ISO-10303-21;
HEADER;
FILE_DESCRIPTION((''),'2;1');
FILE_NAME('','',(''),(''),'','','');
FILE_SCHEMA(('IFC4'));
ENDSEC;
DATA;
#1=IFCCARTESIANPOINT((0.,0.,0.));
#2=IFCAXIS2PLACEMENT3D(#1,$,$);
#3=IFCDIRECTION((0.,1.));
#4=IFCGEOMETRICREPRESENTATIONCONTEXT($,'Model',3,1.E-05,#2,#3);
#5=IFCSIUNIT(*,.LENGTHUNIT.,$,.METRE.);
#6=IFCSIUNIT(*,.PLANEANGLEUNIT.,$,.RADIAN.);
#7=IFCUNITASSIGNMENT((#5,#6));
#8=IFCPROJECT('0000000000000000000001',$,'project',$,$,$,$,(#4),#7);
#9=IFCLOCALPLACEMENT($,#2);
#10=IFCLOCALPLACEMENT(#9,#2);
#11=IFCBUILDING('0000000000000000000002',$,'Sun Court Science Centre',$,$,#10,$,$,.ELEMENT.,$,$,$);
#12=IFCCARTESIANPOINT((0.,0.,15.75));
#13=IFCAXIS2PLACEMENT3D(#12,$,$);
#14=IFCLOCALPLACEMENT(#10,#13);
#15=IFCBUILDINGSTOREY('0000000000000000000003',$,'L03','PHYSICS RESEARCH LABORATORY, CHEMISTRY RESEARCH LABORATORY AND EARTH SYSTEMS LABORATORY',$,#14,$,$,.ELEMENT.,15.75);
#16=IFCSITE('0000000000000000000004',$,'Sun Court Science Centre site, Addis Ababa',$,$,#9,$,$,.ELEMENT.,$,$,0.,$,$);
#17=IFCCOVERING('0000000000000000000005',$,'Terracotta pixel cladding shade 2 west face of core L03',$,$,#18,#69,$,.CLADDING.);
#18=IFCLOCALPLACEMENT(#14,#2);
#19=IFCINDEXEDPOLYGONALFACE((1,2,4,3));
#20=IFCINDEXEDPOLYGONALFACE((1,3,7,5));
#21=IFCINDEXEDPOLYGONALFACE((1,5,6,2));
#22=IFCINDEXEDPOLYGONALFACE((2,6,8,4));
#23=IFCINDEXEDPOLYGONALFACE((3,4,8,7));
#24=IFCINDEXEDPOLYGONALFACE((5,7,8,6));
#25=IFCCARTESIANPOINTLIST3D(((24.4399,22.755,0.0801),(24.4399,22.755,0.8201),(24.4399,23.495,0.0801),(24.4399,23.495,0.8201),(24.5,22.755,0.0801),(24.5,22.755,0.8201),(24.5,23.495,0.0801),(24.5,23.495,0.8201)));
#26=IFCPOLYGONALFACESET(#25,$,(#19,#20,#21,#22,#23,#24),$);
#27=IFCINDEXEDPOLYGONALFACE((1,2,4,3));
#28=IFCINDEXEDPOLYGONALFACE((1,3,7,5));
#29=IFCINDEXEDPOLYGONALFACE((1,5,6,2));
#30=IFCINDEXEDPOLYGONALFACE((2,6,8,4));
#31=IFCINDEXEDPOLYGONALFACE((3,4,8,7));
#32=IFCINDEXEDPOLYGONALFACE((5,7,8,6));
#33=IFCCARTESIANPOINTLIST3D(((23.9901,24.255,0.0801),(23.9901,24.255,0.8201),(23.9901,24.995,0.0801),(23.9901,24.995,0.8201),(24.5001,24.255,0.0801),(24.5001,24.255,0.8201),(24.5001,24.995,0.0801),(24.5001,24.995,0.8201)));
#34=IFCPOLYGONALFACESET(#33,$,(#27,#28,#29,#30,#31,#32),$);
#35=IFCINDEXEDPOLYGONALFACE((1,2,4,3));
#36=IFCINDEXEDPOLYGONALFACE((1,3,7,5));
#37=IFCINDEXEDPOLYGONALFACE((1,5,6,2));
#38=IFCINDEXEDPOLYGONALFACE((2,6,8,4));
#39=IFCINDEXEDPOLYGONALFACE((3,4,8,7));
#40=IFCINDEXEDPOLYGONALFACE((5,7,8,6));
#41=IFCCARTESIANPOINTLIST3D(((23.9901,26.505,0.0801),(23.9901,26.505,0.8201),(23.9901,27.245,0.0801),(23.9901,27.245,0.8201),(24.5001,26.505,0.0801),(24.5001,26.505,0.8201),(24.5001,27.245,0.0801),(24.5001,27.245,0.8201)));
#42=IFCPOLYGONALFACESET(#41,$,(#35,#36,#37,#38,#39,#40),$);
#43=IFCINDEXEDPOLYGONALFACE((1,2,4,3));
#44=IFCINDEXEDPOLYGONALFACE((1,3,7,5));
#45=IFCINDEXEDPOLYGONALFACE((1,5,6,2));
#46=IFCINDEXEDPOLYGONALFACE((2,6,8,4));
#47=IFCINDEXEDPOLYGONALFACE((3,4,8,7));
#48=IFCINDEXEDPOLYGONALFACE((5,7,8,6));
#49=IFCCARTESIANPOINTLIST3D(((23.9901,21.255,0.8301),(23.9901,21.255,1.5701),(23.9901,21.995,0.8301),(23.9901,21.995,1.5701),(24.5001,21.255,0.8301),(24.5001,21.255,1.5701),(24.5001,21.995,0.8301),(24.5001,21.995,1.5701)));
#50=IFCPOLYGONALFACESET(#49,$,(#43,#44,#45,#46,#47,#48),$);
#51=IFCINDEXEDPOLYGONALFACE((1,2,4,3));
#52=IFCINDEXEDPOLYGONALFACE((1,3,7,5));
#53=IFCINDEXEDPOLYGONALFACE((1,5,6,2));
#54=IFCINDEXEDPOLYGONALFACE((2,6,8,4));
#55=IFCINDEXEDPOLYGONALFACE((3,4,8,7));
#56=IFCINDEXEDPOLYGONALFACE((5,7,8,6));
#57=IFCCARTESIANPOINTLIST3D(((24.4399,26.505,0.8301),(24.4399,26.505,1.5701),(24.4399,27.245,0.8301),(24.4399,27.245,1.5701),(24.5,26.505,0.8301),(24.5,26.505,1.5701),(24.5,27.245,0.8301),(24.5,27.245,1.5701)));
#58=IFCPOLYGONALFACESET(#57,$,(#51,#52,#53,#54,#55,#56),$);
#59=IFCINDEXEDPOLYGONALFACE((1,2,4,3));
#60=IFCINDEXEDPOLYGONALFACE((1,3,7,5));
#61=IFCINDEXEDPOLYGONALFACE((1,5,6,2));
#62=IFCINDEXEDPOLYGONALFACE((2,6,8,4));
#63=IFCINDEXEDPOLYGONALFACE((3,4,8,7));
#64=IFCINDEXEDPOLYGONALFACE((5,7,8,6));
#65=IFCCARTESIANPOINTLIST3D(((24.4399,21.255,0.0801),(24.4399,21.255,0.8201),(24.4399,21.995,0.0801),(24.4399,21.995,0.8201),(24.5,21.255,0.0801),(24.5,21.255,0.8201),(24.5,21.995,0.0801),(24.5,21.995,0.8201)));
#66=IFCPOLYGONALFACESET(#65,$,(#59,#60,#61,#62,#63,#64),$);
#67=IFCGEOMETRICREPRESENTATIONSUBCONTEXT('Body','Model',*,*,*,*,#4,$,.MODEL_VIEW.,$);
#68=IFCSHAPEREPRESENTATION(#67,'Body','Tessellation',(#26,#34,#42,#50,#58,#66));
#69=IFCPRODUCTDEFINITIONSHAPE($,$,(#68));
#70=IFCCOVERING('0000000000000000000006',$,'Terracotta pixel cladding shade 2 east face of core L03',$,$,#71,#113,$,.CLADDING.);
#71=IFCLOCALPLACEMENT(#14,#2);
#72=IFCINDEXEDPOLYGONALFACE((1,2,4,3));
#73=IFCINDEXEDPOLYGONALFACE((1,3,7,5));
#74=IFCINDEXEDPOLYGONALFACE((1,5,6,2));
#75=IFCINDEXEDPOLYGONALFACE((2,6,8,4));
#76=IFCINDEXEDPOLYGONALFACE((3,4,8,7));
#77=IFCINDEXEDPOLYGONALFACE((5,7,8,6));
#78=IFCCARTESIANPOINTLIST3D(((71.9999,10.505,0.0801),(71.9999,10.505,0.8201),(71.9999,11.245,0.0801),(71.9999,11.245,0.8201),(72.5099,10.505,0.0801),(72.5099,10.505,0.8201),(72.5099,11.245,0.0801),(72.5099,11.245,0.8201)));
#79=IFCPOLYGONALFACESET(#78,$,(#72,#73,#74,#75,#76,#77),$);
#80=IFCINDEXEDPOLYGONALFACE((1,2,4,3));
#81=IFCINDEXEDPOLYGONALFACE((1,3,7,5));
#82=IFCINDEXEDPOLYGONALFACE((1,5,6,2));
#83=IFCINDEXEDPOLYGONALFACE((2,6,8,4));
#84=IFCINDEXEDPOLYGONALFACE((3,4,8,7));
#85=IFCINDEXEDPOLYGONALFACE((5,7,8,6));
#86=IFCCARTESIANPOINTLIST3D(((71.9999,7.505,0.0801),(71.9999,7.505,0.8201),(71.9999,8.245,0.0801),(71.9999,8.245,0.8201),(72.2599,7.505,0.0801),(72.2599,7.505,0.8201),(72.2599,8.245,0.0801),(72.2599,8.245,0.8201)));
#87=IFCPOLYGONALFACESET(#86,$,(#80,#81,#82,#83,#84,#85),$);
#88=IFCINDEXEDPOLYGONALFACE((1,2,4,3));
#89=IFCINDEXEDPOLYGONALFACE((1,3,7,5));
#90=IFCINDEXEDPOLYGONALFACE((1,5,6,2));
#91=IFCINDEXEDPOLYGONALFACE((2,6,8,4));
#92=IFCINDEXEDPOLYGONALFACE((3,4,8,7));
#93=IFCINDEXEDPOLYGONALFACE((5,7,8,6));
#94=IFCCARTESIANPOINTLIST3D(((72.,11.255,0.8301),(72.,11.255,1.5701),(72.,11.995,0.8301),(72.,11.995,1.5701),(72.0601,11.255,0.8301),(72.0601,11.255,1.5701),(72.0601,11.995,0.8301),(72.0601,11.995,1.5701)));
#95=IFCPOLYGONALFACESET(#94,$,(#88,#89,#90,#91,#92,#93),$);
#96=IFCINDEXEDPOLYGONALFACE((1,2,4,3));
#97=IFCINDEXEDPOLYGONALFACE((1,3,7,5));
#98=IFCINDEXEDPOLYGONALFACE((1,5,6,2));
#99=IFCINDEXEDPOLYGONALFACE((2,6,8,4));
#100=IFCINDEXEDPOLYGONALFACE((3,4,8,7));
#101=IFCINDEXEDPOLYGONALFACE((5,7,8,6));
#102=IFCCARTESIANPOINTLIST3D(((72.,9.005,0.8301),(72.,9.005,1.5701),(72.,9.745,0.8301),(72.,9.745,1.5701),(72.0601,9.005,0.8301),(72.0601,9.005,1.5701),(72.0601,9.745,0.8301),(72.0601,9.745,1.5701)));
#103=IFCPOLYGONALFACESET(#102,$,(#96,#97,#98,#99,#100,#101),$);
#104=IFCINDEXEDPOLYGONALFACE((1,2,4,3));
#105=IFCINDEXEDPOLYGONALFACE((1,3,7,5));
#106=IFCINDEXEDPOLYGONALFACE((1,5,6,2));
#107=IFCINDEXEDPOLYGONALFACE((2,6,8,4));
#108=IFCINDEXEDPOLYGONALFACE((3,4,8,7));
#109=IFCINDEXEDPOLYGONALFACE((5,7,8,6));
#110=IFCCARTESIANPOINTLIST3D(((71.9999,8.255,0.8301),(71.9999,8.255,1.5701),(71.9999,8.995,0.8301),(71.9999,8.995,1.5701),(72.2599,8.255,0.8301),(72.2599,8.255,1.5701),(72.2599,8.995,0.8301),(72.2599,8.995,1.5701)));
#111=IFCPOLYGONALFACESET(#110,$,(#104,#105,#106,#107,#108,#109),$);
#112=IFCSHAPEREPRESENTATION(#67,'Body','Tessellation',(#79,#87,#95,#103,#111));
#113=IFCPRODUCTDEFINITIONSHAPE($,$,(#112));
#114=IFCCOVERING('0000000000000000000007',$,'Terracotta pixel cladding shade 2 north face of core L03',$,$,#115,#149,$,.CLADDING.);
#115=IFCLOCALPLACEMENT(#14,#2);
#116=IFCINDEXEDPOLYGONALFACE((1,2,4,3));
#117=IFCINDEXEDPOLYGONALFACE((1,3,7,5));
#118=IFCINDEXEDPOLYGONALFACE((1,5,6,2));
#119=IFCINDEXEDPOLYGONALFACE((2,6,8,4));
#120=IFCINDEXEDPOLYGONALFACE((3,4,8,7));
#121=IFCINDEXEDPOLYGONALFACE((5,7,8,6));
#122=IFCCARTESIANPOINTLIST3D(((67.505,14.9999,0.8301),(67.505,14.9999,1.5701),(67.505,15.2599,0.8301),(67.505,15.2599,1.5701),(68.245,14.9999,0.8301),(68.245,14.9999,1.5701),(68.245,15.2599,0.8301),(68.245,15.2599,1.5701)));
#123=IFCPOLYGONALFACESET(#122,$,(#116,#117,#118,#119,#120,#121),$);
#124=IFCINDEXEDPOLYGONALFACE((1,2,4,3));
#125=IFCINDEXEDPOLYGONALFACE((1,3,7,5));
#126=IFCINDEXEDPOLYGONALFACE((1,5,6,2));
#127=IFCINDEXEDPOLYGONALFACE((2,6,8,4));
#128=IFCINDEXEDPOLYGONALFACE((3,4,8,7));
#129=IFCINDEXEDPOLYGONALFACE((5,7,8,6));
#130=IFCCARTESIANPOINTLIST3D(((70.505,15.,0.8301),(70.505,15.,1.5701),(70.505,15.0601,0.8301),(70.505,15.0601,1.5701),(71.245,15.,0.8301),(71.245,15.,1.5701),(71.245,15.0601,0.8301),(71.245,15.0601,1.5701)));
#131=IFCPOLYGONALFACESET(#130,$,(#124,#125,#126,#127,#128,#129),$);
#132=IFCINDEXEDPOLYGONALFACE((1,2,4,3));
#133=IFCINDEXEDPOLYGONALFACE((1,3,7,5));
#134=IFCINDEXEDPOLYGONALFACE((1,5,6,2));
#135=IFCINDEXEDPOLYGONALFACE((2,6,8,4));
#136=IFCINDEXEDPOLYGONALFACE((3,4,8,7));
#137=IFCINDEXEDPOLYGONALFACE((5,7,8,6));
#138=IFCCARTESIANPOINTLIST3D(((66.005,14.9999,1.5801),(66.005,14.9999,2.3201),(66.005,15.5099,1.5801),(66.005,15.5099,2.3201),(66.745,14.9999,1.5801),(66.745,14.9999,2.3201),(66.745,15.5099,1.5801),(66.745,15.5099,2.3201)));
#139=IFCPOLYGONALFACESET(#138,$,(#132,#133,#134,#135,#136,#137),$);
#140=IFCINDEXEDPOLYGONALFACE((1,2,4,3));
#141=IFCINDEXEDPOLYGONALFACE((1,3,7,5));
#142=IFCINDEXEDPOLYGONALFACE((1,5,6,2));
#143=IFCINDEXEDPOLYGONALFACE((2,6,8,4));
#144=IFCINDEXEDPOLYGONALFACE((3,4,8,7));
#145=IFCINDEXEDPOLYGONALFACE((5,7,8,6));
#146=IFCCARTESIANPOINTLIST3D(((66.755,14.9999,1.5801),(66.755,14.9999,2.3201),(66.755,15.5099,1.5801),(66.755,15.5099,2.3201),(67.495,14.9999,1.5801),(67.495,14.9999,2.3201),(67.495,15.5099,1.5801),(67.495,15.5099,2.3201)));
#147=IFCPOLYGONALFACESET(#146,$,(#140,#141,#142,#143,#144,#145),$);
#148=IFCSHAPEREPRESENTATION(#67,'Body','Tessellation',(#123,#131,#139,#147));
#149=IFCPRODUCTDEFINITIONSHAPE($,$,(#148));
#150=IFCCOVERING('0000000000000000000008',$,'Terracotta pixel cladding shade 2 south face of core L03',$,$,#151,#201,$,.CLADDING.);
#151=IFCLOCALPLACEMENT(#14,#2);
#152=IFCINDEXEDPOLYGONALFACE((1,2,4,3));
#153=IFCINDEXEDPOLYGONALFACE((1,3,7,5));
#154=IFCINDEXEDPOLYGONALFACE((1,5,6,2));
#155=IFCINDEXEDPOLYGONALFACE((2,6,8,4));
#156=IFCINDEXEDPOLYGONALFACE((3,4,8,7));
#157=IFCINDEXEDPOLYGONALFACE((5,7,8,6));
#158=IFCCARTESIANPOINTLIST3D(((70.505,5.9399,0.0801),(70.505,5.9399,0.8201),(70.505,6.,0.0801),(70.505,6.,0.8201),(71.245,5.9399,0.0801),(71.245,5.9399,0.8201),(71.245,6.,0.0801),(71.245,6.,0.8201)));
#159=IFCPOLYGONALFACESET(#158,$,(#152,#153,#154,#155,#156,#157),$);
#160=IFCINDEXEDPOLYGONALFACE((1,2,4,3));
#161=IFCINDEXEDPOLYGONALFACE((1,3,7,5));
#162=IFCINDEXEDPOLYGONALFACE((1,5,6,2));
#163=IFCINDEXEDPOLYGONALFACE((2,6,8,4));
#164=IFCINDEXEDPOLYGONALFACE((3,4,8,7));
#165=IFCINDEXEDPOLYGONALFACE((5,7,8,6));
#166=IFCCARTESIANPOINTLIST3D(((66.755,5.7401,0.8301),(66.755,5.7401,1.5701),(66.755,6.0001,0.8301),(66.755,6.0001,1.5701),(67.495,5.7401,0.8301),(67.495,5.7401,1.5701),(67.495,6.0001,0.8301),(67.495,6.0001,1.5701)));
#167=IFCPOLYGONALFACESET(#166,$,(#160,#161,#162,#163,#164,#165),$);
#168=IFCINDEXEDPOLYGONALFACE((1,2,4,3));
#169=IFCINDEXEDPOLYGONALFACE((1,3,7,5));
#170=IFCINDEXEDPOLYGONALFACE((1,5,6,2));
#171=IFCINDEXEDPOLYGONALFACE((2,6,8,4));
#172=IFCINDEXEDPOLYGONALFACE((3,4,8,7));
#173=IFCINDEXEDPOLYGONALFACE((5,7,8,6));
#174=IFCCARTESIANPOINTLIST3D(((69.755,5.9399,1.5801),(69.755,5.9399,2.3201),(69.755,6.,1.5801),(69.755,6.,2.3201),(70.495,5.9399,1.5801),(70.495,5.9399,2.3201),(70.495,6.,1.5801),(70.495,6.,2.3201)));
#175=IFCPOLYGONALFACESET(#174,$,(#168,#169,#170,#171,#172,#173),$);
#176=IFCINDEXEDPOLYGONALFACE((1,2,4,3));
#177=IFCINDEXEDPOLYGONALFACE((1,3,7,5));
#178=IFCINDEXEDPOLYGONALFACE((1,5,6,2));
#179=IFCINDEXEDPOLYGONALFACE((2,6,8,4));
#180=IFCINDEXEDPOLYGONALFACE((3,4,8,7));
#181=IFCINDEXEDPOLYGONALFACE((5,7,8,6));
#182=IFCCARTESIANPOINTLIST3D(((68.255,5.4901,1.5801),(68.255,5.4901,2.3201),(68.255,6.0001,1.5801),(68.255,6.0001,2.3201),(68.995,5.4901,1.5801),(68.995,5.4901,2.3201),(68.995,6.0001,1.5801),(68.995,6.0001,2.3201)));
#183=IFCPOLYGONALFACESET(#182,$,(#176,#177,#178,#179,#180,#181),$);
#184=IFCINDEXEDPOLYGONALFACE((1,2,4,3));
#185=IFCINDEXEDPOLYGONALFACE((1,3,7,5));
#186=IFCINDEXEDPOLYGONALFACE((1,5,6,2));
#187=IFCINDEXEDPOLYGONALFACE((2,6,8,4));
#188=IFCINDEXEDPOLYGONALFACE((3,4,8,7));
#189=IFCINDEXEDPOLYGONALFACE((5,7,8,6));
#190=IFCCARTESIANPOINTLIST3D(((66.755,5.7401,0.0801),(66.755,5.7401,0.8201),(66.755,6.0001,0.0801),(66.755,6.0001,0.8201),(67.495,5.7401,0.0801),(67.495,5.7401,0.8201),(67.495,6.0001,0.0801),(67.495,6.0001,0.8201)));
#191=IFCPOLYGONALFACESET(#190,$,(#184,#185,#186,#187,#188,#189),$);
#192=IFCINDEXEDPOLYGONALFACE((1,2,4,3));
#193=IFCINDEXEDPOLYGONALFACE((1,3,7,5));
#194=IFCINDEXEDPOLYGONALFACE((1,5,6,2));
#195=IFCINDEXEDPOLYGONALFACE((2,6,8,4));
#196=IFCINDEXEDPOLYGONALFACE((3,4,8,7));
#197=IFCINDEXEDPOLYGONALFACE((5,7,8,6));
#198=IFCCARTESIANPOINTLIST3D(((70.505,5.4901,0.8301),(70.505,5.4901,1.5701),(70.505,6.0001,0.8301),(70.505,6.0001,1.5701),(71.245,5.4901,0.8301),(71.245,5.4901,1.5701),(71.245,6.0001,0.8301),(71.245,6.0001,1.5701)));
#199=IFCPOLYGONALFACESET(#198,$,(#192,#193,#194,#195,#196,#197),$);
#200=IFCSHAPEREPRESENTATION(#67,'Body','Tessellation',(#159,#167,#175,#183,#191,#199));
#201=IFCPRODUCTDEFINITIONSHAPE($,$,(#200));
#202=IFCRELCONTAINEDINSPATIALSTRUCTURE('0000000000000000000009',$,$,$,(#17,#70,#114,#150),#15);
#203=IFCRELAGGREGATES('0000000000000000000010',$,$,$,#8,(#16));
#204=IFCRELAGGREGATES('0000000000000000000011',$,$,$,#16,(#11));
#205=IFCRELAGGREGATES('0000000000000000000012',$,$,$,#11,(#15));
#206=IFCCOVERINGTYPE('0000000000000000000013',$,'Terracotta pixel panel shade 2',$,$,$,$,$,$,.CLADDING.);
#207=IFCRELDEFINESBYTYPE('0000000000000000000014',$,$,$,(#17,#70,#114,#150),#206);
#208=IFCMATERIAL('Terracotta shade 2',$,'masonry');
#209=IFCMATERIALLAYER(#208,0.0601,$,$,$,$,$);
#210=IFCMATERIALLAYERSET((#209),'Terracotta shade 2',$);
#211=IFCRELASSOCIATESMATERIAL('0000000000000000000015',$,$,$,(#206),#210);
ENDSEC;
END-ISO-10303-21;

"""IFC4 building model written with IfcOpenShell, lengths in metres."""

from ifc_helpers import new_model, si_unit, direction, frame, origin, origin_2d, place, context, subcontext, project, spatial, rectangle, extrude, material, layer, layer_set, type_object, element, save


model = new_model("IFC4")

# Units and contexts
model_context = context("Model", 3, precision=1e-05, world=origin(), true_north=direction((0.0, 1.0)))
body_context = subcontext(model_context, "Body", "Model", "MODEL_VIEW")
ifc_project = project(units=[si_unit("LENGTHUNIT", "METRE"), si_unit("PLANEANGLEUNIT", "RADIAN")], contexts=[model_context])

# Site, building, storey
site_placement = place(None, origin())
site = spatial("IfcSite", under=ifc_project, at=site_placement, Name="Sun Court Science Centre site, Addis Ababa", CompositionType="ELEMENT", RefElevation=0.0)
building_placement = place(site_placement, origin())
building = spatial("IfcBuilding", under=site, at=building_placement, Name="Sun Court Science Centre", CompositionType="ELEMENT")
storey_placement = place(building_placement, frame((0.0, 0.0, 15.75)))
storey = spatial("IfcBuildingStorey", under=building, at=storey_placement, Name="L03", Description="PHYSICS RESEARCH LABORATORY, CHEMISTRY RESEARCH LABORATORY AND EARTH SYSTEMS LABORATORY", CompositionType="ELEMENT", Elevation=15.75)

# Coverings
ifc_material_1 = material(Name="Terracotta shade 2", Category="masonry")
ifc_layer_1 = layer(ifc_material_1, 0.0601)
ifc_layer_set_1 = layer_set([ifc_layer_1], Name="Terracotta shade 2")
covering_type_1 = type_object("IfcCoveringType", Name="Terracotta pixel panel shade 2", PredefinedType="CLADDING", material=ifc_layer_set_1)
covering_1_placement = place(storey_placement, frame((0.0, 0.0, -15.75)))
element("IfcCovering", 1, at=covering_1_placement, inside=storey, type_object=covering_type_1, Name="Terracotta pixel cladding shade 2 west face of core L03", PredefinedType="CLADDING", context=body_context, shape_type="SweptSolid", body=[
    extrude(rectangle(XDim=0.74, YDim=0.0601, at=origin_2d()), frame((24.47, 23.125, 15.8301), z_axis=(0.0, 0.0, 1.0), x_axis=(0.0, 1.0, 0.0)), (0.0, 0.0, 1.0), 0.74),
    extrude(rectangle(XDim=0.74, YDim=0.51, at=origin_2d()), frame((24.2451, 24.625, 15.8301), z_axis=(0.0, 0.0, 1.0), x_axis=(0.0, 1.0, 0.0)), (0.0, 0.0, 1.0), 0.74),
    extrude(rectangle(XDim=0.74, YDim=0.51, at=origin_2d()), frame((24.2451, 26.875, 15.8301), z_axis=(0.0, 0.0, 1.0), x_axis=(0.0, 1.0, 0.0)), (0.0, 0.0, 1.0), 0.74),
    extrude(rectangle(XDim=0.74, YDim=0.51, at=origin_2d()), frame((24.2451, 21.625, 16.5801), z_axis=(0.0, 0.0, 1.0), x_axis=(0.0, 1.0, 0.0)), (0.0, 0.0, 1.0), 0.74),
    extrude(rectangle(XDim=0.74, YDim=0.0601, at=origin_2d()), frame((24.47, 26.875, 16.5801), z_axis=(0.0, 0.0, 1.0), x_axis=(0.0, 1.0, 0.0)), (0.0, 0.0, 1.0), 0.74),
    extrude(rectangle(XDim=0.74, YDim=0.0601, at=origin_2d()), frame((24.47, 21.625, 15.8301), z_axis=(0.0, 0.0, 1.0), x_axis=(0.0, 1.0, 0.0)), (0.0, 0.0, 1.0), 0.74),
])
covering_2_placement = place(storey_placement, frame((0.0, 0.0, -15.75)))
element("IfcCovering", 2, at=covering_2_placement, inside=storey, type_object=covering_type_1, Name="Terracotta pixel cladding shade 2 east face of core L03", PredefinedType="CLADDING", context=body_context, shape_type="SweptSolid", body=[
    extrude(rectangle(XDim=0.74, YDim=0.51, at=origin_2d()), frame((72.2549, 10.875, 15.8301), z_axis=(0.0, 0.0, 1.0), x_axis=(0.0, -1.0, 0.0)), (0.0, 0.0, 1.0), 0.74),
    extrude(rectangle(XDim=0.74, YDim=0.26, at=origin_2d()), frame((72.1299, 7.875, 15.8301), z_axis=(0.0, 0.0, 1.0), x_axis=(0.0, -1.0, 0.0)), (0.0, 0.0, 1.0), 0.74),
    extrude(rectangle(XDim=0.74, YDim=0.0601, at=origin_2d()), frame((72.03, 11.625, 16.5801), z_axis=(0.0, 0.0, 1.0), x_axis=(0.0, -1.0, 0.0)), (0.0, 0.0, 1.0), 0.74),
    extrude(rectangle(XDim=0.74, YDim=0.0601, at=origin_2d()), frame((72.03, 9.375, 16.5801), z_axis=(0.0, 0.0, 1.0), x_axis=(0.0, -1.0, 0.0)), (0.0, 0.0, 1.0), 0.74),
    extrude(rectangle(XDim=0.74, YDim=0.26, at=origin_2d()), frame((72.1299, 8.625, 16.5801), z_axis=(0.0, 0.0, 1.0), x_axis=(0.0, -1.0, 0.0)), (0.0, 0.0, 1.0), 0.74),
])
covering_3_placement = place(storey_placement, frame((0.0, 0.0, -15.75)))
element("IfcCovering", 3, at=covering_3_placement, inside=storey, type_object=covering_type_1, Name="Terracotta pixel cladding shade 2 north face of core L03", PredefinedType="CLADDING", context=body_context, shape_type="SweptSolid", body=[
    extrude(rectangle(XDim=0.74, YDim=0.26, at=origin_2d()), frame((67.875, 15.1299, 16.5801), z_axis=(0.0, 0.0, 1.0), x_axis=(1.0, 0.0, 0.0)), (0.0, 0.0, 1.0), 0.74),
    extrude(rectangle(XDim=0.74, YDim=0.0601, at=origin_2d()), frame((70.875, 15.03, 16.5801), z_axis=(0.0, 0.0, 1.0), x_axis=(1.0, 0.0, 0.0)), (0.0, 0.0, 1.0), 0.74),
    extrude(rectangle(XDim=0.74, YDim=0.51, at=origin_2d()), frame((66.375, 15.2549, 17.3301), z_axis=(0.0, 0.0, 1.0), x_axis=(1.0, 0.0, 0.0)), (0.0, 0.0, 1.0), 0.74),
    extrude(rectangle(XDim=0.74, YDim=0.51, at=origin_2d()), frame((67.125, 15.2549, 17.3301), z_axis=(0.0, 0.0, 1.0), x_axis=(1.0, 0.0, 0.0)), (0.0, 0.0, 1.0), 0.74),
])
covering_4_placement = place(storey_placement, frame((0.0, 0.0, -15.75)))
element("IfcCovering", 4, at=covering_4_placement, inside=storey, type_object=covering_type_1, Name="Terracotta pixel cladding shade 2 south face of core L03", PredefinedType="CLADDING", context=body_context, shape_type="SweptSolid", body=[
    extrude(rectangle(XDim=0.74, YDim=0.0601, at=origin_2d()), frame((70.875, 5.97, 15.8301), z_axis=(0.0, 0.0, 1.0), x_axis=(-1.0, 0.0, 0.0)), (0.0, 0.0, 1.0), 0.74),
    extrude(rectangle(XDim=0.74, YDim=0.26, at=origin_2d()), frame((67.125, 5.8701, 16.5801), z_axis=(0.0, 0.0, 1.0), x_axis=(-1.0, 0.0, 0.0)), (0.0, 0.0, 1.0), 0.74),
    extrude(rectangle(XDim=0.74, YDim=0.0601, at=origin_2d()), frame((70.125, 5.97, 17.3301), z_axis=(0.0, 0.0, 1.0), x_axis=(-1.0, 0.0, 0.0)), (0.0, 0.0, 1.0), 0.74),
    extrude(rectangle(XDim=0.74, YDim=0.51, at=origin_2d()), frame((68.625, 5.7451, 17.3301), z_axis=(0.0, 0.0, 1.0), x_axis=(-1.0, 0.0, 0.0)), (0.0, 0.0, 1.0), 0.74),
    extrude(rectangle(XDim=0.74, YDim=0.26, at=origin_2d()), frame((67.125, 5.8701, 15.8301), z_axis=(0.0, 0.0, 1.0), x_axis=(-1.0, 0.0, 0.0)), (0.0, 0.0, 1.0), 0.74),
    extrude(rectangle(XDim=0.74, YDim=0.51, at=origin_2d()), frame((70.875, 5.7451, 16.5801), z_axis=(0.0, 0.0, 1.0), x_axis=(-1.0, 0.0, 0.0)), (0.0, 0.0, 1.0), 0.74),
])

save(model, "model.ifc")
